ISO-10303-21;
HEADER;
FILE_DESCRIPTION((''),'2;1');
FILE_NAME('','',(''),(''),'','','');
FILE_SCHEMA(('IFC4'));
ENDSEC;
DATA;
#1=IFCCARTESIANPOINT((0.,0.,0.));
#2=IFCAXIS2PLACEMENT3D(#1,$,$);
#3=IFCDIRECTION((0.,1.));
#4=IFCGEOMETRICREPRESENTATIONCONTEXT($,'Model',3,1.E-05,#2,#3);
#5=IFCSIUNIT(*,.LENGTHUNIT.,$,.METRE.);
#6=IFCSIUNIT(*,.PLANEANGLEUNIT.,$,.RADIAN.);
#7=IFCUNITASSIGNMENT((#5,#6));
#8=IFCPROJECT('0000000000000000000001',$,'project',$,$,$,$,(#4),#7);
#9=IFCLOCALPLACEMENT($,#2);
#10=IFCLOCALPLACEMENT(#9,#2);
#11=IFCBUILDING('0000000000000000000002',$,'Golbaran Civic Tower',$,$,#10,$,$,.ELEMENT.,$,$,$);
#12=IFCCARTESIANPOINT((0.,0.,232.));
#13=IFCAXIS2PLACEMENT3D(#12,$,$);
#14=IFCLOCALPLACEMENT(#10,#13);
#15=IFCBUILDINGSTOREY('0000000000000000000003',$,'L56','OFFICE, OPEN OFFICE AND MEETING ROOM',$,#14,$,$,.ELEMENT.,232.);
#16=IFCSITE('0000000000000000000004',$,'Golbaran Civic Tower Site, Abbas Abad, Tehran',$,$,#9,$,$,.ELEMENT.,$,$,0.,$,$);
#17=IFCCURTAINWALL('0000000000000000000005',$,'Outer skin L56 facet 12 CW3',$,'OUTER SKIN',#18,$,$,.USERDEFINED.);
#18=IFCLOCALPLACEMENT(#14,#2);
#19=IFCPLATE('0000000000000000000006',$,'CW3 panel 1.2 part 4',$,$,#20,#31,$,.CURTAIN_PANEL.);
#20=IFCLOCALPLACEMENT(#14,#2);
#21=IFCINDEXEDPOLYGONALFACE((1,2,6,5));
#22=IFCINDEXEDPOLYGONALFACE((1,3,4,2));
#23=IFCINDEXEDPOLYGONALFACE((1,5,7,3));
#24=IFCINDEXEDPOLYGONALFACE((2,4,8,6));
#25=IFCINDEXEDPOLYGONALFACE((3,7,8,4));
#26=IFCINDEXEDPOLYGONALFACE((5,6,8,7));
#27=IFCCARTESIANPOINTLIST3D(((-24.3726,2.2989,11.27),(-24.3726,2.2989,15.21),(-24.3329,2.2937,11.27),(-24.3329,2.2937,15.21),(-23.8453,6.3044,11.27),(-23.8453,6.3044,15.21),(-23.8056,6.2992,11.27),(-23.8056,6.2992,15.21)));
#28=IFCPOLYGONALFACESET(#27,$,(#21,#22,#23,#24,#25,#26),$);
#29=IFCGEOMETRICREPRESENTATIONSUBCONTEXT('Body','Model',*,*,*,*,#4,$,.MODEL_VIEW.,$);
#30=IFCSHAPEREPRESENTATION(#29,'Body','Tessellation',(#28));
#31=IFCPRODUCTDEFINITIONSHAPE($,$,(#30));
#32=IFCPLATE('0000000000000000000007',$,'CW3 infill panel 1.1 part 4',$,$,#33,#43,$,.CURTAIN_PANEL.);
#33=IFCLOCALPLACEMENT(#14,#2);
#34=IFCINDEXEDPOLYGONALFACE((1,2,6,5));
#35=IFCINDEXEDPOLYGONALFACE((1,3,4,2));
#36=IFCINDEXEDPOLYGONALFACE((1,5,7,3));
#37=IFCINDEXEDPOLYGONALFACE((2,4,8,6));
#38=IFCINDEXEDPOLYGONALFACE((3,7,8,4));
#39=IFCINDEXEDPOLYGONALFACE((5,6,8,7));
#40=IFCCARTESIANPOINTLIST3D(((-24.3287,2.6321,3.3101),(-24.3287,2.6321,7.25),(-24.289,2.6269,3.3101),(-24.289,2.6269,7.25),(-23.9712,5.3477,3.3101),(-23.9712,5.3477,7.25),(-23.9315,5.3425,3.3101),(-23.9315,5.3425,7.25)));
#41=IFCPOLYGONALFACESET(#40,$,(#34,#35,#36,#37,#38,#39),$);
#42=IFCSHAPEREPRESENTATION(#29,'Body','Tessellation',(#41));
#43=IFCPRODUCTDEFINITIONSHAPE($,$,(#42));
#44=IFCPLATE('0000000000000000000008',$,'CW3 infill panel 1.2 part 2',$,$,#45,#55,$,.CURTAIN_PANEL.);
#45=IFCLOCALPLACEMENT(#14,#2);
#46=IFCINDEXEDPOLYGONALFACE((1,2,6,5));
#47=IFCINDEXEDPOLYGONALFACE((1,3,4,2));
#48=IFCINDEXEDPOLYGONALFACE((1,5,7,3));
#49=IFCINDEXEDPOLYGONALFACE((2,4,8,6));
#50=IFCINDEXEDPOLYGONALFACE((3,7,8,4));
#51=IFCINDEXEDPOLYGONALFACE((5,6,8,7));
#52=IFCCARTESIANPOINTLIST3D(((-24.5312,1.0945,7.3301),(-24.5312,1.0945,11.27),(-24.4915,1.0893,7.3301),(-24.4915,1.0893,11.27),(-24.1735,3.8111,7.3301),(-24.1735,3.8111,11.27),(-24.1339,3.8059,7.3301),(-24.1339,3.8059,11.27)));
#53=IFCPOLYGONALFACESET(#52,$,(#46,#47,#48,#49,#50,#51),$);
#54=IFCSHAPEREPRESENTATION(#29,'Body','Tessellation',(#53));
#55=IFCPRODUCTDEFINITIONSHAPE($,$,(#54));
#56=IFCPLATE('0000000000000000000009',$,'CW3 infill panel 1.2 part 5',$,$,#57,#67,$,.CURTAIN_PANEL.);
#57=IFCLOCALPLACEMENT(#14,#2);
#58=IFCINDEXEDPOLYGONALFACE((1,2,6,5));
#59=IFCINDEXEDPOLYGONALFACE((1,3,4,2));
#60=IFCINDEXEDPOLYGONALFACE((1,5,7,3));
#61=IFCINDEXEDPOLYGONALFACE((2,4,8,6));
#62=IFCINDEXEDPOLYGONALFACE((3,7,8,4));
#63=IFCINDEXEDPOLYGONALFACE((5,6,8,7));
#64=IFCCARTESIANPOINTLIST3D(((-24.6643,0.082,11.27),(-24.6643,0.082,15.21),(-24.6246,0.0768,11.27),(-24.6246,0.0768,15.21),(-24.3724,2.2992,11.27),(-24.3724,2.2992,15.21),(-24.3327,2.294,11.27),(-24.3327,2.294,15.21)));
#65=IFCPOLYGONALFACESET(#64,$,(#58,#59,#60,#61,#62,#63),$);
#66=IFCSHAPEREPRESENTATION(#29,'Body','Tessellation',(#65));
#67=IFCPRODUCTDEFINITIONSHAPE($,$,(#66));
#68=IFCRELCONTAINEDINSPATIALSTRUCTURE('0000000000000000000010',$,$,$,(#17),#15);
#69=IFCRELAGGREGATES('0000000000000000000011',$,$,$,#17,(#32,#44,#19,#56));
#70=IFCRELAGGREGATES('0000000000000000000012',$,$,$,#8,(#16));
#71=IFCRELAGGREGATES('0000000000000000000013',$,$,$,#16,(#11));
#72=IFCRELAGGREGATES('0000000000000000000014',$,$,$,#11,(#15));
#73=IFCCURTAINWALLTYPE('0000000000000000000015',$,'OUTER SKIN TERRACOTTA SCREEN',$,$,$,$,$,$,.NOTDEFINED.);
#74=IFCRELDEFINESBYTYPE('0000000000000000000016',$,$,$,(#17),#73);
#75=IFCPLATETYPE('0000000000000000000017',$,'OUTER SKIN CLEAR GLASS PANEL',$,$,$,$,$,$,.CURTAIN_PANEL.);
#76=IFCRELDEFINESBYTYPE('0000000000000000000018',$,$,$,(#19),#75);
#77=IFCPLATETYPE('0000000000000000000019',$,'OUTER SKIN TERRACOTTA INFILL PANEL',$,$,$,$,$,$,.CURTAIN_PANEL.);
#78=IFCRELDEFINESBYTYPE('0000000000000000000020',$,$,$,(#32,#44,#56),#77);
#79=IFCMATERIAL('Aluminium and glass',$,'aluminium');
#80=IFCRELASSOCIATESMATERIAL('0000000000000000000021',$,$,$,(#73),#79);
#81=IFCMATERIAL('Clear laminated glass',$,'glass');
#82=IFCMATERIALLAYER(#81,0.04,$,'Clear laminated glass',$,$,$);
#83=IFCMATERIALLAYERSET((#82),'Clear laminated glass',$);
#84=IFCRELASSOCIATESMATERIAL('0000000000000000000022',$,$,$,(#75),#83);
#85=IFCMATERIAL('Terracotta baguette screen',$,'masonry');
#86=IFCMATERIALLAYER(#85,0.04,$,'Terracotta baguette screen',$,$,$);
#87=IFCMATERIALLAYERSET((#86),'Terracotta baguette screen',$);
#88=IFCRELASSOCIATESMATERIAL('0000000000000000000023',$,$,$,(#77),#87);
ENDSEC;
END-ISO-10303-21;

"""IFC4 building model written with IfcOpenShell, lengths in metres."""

from ifc_helpers import new_model, si_unit, direction, frame, origin, origin_2d, place, context, subcontext, project, spatial, rectangle, extrude, material, layer, layer_set, type_object, element, aggregate, save


model = new_model("IFC4")

# Units and contexts
model_context = context("Model", 3, precision=1e-05, world=origin(), true_north=direction((0.0, 1.0)))
body_context = subcontext(model_context, "Body", "Model", "MODEL_VIEW")
ifc_project = project(units=[si_unit("LENGTHUNIT", "METRE"), si_unit("PLANEANGLEUNIT", "RADIAN")], contexts=[model_context])

# Site, building, storey
site_placement = place(None, origin())
site = spatial("IfcSite", under=ifc_project, at=site_placement, Name="Golbaran Civic Tower Site, Abbas Abad, Tehran", CompositionType="ELEMENT", RefElevation=0.0)
building_placement = place(site_placement, origin())
building = spatial("IfcBuilding", under=site, at=building_placement, Name="Golbaran Civic Tower", CompositionType="ELEMENT")
storey_placement = place(building_placement, frame((0.0, 0.0, 232.0)))
storey = spatial("IfcBuildingStorey", under=building, at=storey_placement, Name="L56", Description="OFFICE, OPEN OFFICE AND MEETING ROOM", CompositionType="ELEMENT", Elevation=232.0)

# Curtain wall
ifc_material_1 = material(Name="Aluminium and glass", Category="aluminium")
curtain_wall_type_1 = type_object("IfcCurtainWallType", Name="OUTER SKIN TERRACOTTA SCREEN", PredefinedType="NOTDEFINED", material=ifc_material_1)
curtain_wall_1_placement = place(storey_placement, origin())
curtain_wall_1 = element("IfcCurtainWall", 1, at=curtain_wall_1_placement, inside=storey, type_object=curtain_wall_type_1, Name="Outer skin L56 facet 12 CW3", ObjectType="OUTER SKIN", PredefinedType="USERDEFINED")

# Plates
ifc_material_2 = material(Name="Clear laminated glass", Category="glass")
ifc_layer_1 = layer(ifc_material_2, 0.04, Name="Clear laminated glass")
ifc_layer_set_1 = layer_set([ifc_layer_1], Name="Clear laminated glass")
plate_type_1 = type_object("IfcPlateType", Name="OUTER SKIN CLEAR GLASS PANEL", PredefinedType="CURTAIN_PANEL", material=ifc_layer_set_1)
plate_1_placement = place(storey_placement, frame((-24.0891, 4.2991, 11.27), z_axis=(0.0, 0.0, 1.0), x_axis=(-0.130526, -0.991445, 0.0)))
plate_1 = element("IfcPlate", 2, at=plate_1_placement, type_object=plate_type_1, Name="CW3 panel 1.2 part 4", PredefinedType="CURTAIN_PANEL", context=body_context, shape_type="SweptSolid", body=[
    extrude(rectangle(XDim=4.04, YDim=0.04, at=origin_2d()), origin(), (0.0, 0.0, 1.0), 3.9399),
])
ifc_material_3 = material(Name="Terracotta baguette screen", Category="masonry")
ifc_layer_2 = layer(ifc_material_3, 0.04, Name="Terracotta baguette screen")
ifc_layer_set_2 = layer_set([ifc_layer_2], Name="Terracotta baguette screen")
plate_type_2 = type_object("IfcPlateType", Name="OUTER SKIN TERRACOTTA INFILL PANEL", PredefinedType="CURTAIN_PANEL", material=ifc_layer_set_2)
plate_2_placement = place(storey_placement, frame((-24.1301, 3.9873, 3.3101), z_axis=(0.0, 0.0, 1.0), x_axis=(-0.130526, -0.991445, 0.0)))
plate_2 = element("IfcPlate", 3, at=plate_2_placement, type_object=plate_type_2, Name="CW3 infill panel 1.1 part 4", PredefinedType="CURTAIN_PANEL", context=body_context, shape_type="SweptSolid", body=[
    extrude(rectangle(XDim=2.739, YDim=0.04, at=origin_2d()), origin(), (0.0, 0.0, 1.0), 3.9399),
])
plate_3_placement = place(storey_placement, frame((-24.3325, 2.4502, 7.3301), z_axis=(0.0, 0.0, 1.0), x_axis=(-0.130526, -0.991445, 0.0)))
plate_3 = element("IfcPlate", 4, at=plate_3_placement, type_object=plate_type_2, Name="CW3 infill panel 1.2 part 2", PredefinedType="CURTAIN_PANEL", context=body_context, shape_type="SweptSolid", body=[
    extrude(rectangle(XDim=2.74, YDim=0.04, at=origin_2d()), origin(), (0.0, 0.0, 1.0), 3.9399),
])
plate_4_placement = place(storey_placement, frame((-24.4985, 1.188, 11.27), z_axis=(0.0, 0.0, 1.0), x_axis=(-0.130526, -0.991445, 0.0)))
plate_4 = element("IfcPlate", 5, at=plate_4_placement, type_object=plate_type_2, Name="CW3 infill panel 1.2 part 5", PredefinedType="CURTAIN_PANEL", context=body_context, shape_type="SweptSolid", body=[
    extrude(rectangle(XDim=2.2363, YDim=0.04, at=origin_2d()), origin(), (0.0, 0.0, 1.0), 3.9399),
])
aggregate(curtain_wall_1, [plate_2, plate_3, plate_1, plate_4])

save(model, "model.ifc")
